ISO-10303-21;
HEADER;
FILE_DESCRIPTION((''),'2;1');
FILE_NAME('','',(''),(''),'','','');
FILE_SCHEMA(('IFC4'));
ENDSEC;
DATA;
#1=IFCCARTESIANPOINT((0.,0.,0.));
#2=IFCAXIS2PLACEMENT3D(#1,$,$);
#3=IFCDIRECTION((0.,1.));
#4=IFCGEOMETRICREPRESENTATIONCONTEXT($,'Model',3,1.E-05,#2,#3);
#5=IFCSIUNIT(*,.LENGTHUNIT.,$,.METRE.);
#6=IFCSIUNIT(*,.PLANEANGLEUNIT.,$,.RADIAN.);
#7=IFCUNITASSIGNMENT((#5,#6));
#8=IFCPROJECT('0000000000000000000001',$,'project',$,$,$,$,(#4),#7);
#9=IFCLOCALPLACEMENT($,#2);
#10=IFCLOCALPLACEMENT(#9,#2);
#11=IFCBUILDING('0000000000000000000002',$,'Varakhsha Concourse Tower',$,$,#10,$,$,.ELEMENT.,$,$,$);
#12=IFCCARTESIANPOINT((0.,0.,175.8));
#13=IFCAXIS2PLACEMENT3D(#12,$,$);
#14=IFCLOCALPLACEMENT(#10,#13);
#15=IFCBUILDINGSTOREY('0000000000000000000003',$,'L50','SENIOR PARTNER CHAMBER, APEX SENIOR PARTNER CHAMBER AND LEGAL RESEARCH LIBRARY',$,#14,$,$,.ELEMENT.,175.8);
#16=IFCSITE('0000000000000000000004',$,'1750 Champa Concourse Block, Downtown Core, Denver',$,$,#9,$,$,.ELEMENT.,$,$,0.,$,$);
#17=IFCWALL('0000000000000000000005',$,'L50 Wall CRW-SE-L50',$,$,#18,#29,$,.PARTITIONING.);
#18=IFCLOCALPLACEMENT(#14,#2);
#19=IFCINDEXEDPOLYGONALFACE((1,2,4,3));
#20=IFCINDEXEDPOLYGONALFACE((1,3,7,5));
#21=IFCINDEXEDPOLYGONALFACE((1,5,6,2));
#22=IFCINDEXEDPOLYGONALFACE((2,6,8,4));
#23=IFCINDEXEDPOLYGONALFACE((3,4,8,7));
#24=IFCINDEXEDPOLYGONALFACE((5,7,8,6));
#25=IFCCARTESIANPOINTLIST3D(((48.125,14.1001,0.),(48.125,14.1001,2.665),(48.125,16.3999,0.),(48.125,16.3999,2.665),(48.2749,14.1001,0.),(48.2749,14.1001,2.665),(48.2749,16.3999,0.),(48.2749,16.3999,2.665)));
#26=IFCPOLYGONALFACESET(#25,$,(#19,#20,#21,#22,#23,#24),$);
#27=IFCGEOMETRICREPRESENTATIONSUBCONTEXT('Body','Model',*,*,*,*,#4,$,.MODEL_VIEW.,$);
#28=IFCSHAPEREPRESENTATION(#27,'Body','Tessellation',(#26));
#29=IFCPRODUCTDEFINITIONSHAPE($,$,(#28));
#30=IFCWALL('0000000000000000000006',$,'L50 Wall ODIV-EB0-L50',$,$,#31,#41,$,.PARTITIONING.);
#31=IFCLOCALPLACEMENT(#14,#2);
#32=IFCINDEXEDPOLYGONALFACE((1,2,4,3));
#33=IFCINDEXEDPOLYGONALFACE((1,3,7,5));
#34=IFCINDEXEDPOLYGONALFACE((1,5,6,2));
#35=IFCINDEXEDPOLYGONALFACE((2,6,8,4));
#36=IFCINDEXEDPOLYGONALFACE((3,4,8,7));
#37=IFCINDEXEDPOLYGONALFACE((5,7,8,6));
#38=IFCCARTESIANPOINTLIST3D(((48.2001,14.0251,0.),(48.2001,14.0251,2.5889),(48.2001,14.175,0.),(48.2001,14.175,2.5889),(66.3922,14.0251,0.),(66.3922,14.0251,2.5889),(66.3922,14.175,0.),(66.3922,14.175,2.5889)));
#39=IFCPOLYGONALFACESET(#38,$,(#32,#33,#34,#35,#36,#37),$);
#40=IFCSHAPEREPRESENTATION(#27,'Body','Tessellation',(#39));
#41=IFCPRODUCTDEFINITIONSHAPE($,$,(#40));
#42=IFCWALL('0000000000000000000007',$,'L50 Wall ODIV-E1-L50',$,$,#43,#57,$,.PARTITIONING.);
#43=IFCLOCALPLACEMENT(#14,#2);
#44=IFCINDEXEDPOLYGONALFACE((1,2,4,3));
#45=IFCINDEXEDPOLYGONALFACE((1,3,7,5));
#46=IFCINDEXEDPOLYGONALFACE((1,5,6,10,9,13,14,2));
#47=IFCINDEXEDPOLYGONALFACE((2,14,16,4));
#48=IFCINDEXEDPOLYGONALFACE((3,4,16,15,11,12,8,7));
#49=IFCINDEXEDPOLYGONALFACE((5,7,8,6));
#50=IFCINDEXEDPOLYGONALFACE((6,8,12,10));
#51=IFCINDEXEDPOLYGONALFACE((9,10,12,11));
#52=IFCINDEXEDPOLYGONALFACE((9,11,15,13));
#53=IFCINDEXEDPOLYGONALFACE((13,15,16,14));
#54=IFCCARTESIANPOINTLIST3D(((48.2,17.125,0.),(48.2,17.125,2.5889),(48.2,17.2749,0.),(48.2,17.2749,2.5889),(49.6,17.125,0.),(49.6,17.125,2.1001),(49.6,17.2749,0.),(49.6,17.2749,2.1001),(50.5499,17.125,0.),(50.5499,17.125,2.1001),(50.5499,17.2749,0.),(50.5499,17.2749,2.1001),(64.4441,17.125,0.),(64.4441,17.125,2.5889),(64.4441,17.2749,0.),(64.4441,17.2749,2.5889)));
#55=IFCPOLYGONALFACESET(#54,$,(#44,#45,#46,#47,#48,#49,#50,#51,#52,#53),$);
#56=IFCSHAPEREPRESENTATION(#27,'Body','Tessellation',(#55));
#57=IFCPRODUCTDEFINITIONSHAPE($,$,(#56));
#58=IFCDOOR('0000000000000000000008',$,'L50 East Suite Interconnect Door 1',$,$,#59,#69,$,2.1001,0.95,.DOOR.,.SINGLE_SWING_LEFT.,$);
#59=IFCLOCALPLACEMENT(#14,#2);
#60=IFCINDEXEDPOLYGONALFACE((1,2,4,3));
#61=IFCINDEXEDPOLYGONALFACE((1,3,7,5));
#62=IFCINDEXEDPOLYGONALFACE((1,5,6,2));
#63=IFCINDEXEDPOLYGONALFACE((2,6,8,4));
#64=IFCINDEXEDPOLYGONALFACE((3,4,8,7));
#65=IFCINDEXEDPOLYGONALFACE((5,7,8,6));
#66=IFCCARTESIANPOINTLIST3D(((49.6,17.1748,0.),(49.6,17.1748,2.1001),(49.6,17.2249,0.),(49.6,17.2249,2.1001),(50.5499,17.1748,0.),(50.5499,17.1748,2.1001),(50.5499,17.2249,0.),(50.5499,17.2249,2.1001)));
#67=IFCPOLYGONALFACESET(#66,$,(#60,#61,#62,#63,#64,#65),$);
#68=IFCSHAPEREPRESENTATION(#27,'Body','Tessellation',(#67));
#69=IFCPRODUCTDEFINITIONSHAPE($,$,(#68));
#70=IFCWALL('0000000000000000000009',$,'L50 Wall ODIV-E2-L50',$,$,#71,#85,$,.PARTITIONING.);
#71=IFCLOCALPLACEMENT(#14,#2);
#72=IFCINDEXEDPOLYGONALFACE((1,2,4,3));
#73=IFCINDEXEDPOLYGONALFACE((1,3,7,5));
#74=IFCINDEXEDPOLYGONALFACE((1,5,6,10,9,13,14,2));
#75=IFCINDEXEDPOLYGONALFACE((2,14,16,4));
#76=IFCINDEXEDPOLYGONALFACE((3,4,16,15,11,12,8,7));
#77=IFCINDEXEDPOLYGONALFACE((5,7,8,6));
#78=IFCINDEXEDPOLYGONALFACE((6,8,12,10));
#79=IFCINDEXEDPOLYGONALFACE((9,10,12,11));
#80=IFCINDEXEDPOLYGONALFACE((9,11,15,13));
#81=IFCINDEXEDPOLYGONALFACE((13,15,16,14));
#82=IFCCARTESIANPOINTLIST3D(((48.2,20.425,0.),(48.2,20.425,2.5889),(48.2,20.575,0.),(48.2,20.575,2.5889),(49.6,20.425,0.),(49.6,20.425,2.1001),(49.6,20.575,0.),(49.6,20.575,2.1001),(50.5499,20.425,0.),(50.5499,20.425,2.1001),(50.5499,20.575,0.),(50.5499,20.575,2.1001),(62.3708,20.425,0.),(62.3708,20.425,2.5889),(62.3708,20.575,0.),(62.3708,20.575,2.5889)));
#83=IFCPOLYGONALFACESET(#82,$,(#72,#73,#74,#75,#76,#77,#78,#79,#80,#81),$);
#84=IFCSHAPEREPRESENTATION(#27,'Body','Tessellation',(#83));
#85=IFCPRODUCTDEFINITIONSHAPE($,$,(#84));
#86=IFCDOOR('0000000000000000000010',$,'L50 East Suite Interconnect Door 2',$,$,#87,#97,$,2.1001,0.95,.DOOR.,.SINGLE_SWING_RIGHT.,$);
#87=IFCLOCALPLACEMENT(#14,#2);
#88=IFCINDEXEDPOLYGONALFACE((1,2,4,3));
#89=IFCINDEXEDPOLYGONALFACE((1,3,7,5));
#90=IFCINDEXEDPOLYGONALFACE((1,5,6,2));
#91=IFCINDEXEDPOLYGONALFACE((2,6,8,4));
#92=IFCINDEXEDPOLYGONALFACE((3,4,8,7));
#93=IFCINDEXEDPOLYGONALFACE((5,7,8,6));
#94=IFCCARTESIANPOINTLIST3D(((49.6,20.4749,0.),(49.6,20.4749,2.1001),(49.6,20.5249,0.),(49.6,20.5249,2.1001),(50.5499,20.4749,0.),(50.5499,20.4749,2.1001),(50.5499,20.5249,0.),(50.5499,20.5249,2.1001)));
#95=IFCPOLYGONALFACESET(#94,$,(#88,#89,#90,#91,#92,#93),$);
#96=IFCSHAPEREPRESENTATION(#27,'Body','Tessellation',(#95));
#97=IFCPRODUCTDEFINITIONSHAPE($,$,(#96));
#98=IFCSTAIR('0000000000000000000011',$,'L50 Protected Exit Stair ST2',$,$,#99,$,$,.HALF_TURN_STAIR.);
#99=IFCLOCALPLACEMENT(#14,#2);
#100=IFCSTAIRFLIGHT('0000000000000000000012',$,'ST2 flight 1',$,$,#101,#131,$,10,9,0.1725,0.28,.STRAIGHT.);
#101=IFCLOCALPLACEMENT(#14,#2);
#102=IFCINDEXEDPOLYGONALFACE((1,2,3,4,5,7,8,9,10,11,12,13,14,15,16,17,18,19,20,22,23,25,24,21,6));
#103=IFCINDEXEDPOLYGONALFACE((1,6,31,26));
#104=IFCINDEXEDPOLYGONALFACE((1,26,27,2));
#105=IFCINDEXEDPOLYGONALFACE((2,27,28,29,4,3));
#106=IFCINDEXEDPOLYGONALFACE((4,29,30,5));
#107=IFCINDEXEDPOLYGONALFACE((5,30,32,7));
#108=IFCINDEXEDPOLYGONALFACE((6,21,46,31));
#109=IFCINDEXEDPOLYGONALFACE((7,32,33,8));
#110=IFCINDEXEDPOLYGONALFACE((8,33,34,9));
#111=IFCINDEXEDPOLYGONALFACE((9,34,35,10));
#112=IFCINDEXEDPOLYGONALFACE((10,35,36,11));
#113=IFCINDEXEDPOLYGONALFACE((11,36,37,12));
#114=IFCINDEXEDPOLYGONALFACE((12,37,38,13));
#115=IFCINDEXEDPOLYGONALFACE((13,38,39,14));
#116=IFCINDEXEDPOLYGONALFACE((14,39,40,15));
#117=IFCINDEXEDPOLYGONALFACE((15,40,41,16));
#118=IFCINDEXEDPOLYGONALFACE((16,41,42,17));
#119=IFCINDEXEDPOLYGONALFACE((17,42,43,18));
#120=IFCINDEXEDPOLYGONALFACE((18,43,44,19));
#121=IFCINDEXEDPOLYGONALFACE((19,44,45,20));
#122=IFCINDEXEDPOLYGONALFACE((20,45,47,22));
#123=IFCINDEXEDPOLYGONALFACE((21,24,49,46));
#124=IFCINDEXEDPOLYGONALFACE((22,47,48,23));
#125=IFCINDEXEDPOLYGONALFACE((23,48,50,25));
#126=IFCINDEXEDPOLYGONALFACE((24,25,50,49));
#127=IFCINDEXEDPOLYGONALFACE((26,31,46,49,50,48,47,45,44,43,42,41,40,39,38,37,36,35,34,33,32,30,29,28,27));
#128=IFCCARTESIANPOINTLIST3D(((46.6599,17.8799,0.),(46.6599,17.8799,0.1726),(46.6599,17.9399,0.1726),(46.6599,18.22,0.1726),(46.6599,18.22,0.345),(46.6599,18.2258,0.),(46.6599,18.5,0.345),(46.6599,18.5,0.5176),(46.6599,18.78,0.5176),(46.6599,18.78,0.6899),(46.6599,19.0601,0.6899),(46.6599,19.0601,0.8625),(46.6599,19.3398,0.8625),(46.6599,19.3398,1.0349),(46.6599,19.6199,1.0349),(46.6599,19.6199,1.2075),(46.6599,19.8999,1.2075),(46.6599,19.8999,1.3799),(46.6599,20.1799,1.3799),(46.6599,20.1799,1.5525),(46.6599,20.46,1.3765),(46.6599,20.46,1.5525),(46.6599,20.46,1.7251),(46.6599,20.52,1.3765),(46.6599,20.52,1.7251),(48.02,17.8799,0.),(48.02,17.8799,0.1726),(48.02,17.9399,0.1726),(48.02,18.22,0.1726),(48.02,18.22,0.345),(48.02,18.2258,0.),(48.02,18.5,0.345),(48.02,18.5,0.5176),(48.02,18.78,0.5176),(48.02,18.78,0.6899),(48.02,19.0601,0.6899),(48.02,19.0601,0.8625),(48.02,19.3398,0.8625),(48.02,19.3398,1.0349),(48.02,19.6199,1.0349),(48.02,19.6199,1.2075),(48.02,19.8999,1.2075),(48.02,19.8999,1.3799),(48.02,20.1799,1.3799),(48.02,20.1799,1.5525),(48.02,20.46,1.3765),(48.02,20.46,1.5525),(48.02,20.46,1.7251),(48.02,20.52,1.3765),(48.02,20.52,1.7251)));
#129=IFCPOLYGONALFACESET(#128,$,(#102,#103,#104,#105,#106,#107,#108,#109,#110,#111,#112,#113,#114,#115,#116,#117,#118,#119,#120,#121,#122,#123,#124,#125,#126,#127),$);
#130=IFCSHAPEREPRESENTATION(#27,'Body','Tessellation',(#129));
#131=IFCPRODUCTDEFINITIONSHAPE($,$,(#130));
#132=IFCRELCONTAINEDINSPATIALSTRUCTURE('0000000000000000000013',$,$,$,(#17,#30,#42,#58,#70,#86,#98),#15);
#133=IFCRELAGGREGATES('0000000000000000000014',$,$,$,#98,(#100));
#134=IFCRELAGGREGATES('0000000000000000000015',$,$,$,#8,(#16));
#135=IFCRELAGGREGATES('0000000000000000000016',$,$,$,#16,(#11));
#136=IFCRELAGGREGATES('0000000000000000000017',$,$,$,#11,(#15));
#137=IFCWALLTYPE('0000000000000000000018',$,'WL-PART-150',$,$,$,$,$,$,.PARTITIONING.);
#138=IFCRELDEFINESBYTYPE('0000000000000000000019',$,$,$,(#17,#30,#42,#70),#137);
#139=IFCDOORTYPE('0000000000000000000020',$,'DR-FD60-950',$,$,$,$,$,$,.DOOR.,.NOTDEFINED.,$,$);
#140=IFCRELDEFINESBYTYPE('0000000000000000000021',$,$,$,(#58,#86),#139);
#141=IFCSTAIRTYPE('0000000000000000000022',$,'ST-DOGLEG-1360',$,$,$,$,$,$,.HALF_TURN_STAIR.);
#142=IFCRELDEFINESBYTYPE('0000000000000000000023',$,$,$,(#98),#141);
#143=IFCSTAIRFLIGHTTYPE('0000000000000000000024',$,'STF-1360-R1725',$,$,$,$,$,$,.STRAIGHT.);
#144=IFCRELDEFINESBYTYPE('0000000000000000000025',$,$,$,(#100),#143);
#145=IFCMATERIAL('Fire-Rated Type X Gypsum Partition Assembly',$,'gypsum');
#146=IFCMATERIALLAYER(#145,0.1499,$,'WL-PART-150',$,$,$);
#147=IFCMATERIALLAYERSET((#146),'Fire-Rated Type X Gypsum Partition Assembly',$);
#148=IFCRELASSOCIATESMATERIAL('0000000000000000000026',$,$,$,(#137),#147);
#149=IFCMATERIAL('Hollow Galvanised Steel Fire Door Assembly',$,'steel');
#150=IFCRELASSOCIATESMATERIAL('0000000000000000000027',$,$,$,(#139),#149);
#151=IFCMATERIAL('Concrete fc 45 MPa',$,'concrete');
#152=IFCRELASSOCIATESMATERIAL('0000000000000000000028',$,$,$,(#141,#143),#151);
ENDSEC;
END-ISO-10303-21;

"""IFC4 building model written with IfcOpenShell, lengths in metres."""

from ifc_helpers import new_model, si_unit, direction, frame, frame_2d, origin, place, context, subcontext, project, spatial, polyline, rectangle, outline, extrude, material, layer, layer_set, type_object, element, fill, aggregate, save


model = new_model("IFC4")

# Units and contexts
model_context = context("Model", 3, precision=1e-05, world=origin(), true_north=direction((0.0, 1.0)))
body_context = subcontext(model_context, "Body", "Model", "MODEL_VIEW")
ifc_project = project(units=[si_unit("LENGTHUNIT", "METRE"), si_unit("PLANEANGLEUNIT", "RADIAN")], contexts=[model_context])

# Site, building, storey
site_placement = place(None, origin())
site = spatial("IfcSite", under=ifc_project, at=site_placement, Name="1750 Champa Concourse Block, Downtown Core, Denver", CompositionType="ELEMENT", RefElevation=0.0)
building_placement = place(site_placement, origin())
building = spatial("IfcBuilding", under=site, at=building_placement, Name="Varakhsha Concourse Tower", CompositionType="ELEMENT")
storey_placement = place(building_placement, frame((0.0, 0.0, 175.8)))
storey = spatial("IfcBuildingStorey", under=building, at=storey_placement, Name="L50", Description="SENIOR PARTNER CHAMBER, APEX SENIOR PARTNER CHAMBER AND LEGAL RESEARCH LIBRARY", CompositionType="ELEMENT", Elevation=175.8)

# Walls
ifc_material_1 = material(Name="Fire-Rated Type X Gypsum Partition Assembly", Category="gypsum")
ifc_layer_1 = layer(ifc_material_1, 0.1499, Name="WL-PART-150")
ifc_layer_set_1 = layer_set([ifc_layer_1], Name="Fire-Rated Type X Gypsum Partition Assembly")
wall_type_1 = type_object("IfcWallType", Name="WL-PART-150", PredefinedType="PARTITIONING", material=ifc_layer_set_1)
wall_1_placement = place(storey_placement, frame((48.2, 14.1001, 0.0), z_axis=(0.0, 0.0, 1.0), x_axis=(0.0, 1.0, 0.0)))
element("IfcWall", 1, at=wall_1_placement, inside=storey, type_object=wall_type_1, Name="L50 Wall CRW-SE-L50", PredefinedType="PARTITIONING", context=body_context, shape_type="SweptSolid", body=[
    extrude(rectangle(XDim=2.2998, YDim=0.1499, at=frame_2d((1.1499, 0.0))), origin(), (0.0, 0.0, 1.0), 2.665),
])
wall_2_placement = place(storey_placement, frame((48.2, 14.1001, 0.0), z_axis=(0.0, 0.0, 1.0), x_axis=(1.0, 0.0, 0.0)))
element("IfcWall", 2, at=wall_2_placement, inside=storey, type_object=wall_type_1, Name="L50 Wall ODIV-EB0-L50", PredefinedType="PARTITIONING", context=body_context, shape_type="SweptSolid", body=[
    extrude(rectangle(XDim=18.1921, YDim=0.1499, at=frame_2d((9.0962, 0.0))), origin(), (0.0, 0.0, 1.0), 2.5889),
])

# Walls, openings, doors
wall_3_placement = place(storey_placement, frame((48.2, 17.2, 0.0), z_axis=(0.0, 0.0, 1.0), x_axis=(1.0, 0.0, 0.0)))
wall_3 = element("IfcWall", 3, at=wall_3_placement, inside=storey, type_object=wall_type_1, Name="L50 Wall ODIV-E1-L50", PredefinedType="PARTITIONING", context=body_context, shape_type="SweptSolid", body=[
    extrude(rectangle(XDim=16.2441, YDim=0.1499, at=frame_2d((8.1221, 0.0))), origin(), (0.0, 0.0, 1.0), 2.5889),
])
opening_1_placement = place(wall_3_placement, frame((1.3999, 0.0, 0.0)))
opening_1 = element("IfcOpeningElement", 4, at=opening_1_placement, cuts=wall_3, PredefinedType="OPENING", context=body_context, shape_type="SweptSolid", body=[
    extrude(rectangle(XDim=0.95, YDim=2.1001, at=frame_2d((0.4751, 1.05))), frame((0.0, 0.085, 0.0), z_axis=(0.0, -1.0, 0.0), x_axis=(1.0, 0.0, 0.0)), (0.0, 0.0, 1.0), 0.1699),
])
ifc_material_2 = material(Name="Hollow Galvanised Steel Fire Door Assembly", Category="steel")
door_type_1 = type_object("IfcDoorType", Name="DR-FD60-950", OperationType="NOTDEFINED", PredefinedType="DOOR", material=ifc_material_2)
door_1_placement = place(opening_1_placement, origin())
door_1 = element("IfcDoor", 5, at=door_1_placement, inside=storey, type_object=door_type_1, Name="L50 East Suite Interconnect Door 1", OperationType="SINGLE_SWING_LEFT", OverallHeight=2.1001, OverallWidth=0.95, PredefinedType="DOOR", context=body_context, shape_type="SweptSolid", body=[
    extrude(rectangle(XDim=0.95, YDim=2.1001, at=frame_2d((0.4751, 1.05))), frame((0.0, 0.0249, 0.0), z_axis=(0.0, -1.0, 0.0), x_axis=(1.0, 0.0, 0.0)), (0.0, 0.0, 1.0), 0.05),
])
fill(opening_1, door_1)
wall_4_placement = place(storey_placement, frame((48.2, 20.5, 0.0), z_axis=(0.0, 0.0, 1.0), x_axis=(1.0, 0.0, 0.0)))
wall_4 = element("IfcWall", 6, at=wall_4_placement, inside=storey, type_object=wall_type_1, Name="L50 Wall ODIV-E2-L50", PredefinedType="PARTITIONING", context=body_context, shape_type="SweptSolid", body=[
    extrude(rectangle(XDim=14.1709, YDim=0.1499, at=frame_2d((7.0854, 0.0))), origin(), (0.0, 0.0, 1.0), 2.5889),
])
opening_2_placement = place(wall_4_placement, frame((1.3999, 0.0, 0.0)))
opening_2 = element("IfcOpeningElement", 7, at=opening_2_placement, cuts=wall_4, PredefinedType="OPENING", context=body_context, shape_type="SweptSolid", body=[
    extrude(rectangle(XDim=0.95, YDim=2.1001, at=frame_2d((0.4751, 1.05))), frame((0.0, 0.085, 0.0), z_axis=(0.0, -1.0, 0.0), x_axis=(1.0, 0.0, 0.0)), (0.0, 0.0, 1.0), 0.1699),
])
door_2_placement = place(opening_2_placement, origin())
door_2 = element("IfcDoor", 8, at=door_2_placement, inside=storey, type_object=door_type_1, Name="L50 East Suite Interconnect Door 2", OperationType="SINGLE_SWING_RIGHT", OverallHeight=2.1001, OverallWidth=0.95, PredefinedType="DOOR", context=body_context, shape_type="SweptSolid", body=[
    extrude(rectangle(XDim=0.95, YDim=2.1001, at=frame_2d((0.4751, 1.05))), frame((0.0, 0.0249, 0.0), z_axis=(0.0, -1.0, 0.0), x_axis=(1.0, 0.0, 0.0)), (0.0, 0.0, 1.0), 0.05),
])
fill(opening_2, door_2)

# Stair, stair flight
ifc_material_3 = material(Name="Concrete fc 45 MPa", Category="concrete")
stair_type = type_object("IfcStairType", Name="ST-DOGLEG-1360", PredefinedType="HALF_TURN_STAIR", material=ifc_material_3)
stair_placement = place(storey_placement, origin())
stair = element("IfcStair", 9, at=stair_placement, inside=storey, type_object=stair_type, Name="L50 Protected Exit Stair ST2", PredefinedType="HALF_TURN_STAIR")
stair_flight_type = type_object("IfcStairFlightType", Name="STF-1360-R1725", PredefinedType="STRAIGHT", material=ifc_material_3)
stair_flight_placement = place(storey_placement, frame((47.3401, 17.9399, 0.0), z_axis=(0.0, 0.0, 1.0), x_axis=(0.0, 1.0, 0.0)))
stair_flight = element("IfcStairFlight", 10, at=stair_flight_placement, type_object=stair_flight_type, Name="ST2 flight 1", NumberOfRisers=10, NumberOfTreads=9, PredefinedType="STRAIGHT", RiserHeight=0.1725, TreadLength=0.28, context=body_context, shape_type="SweptSolid", body=[
    extrude(outline(polyline([(-0.0601, 0.0), (-0.0601, 0.1726), (0.0, 0.1726), (0.28, 0.1726), (0.28, 0.345), (0.5601, 0.345), (0.5601, 0.5176), (0.8401, 0.5176), (0.8401, 0.6899), (1.1201, 0.6899), (1.1201, 0.8625), (1.3999, 0.8625), (1.3999, 1.0349), (1.6799, 1.0349), (1.6799, 1.2075), (1.96, 1.2075), (1.96, 1.3799), (2.24, 1.3799), (2.24, 1.5525), (2.52, 1.5525), (2.52, 1.7251), (2.5801, 1.7251), (2.5801, 1.3765), (2.52, 1.3765), (0.2859, 0.0), (-0.0601, 0.0)])), frame((0.0, 0.6802, 0.0), z_axis=(0.0, -1.0, 0.0), x_axis=(1.0, 0.0, 0.0)), (0.0, 0.0, 1.0), 1.3601),
])
aggregate(stair, [stair_flight])

save(model, "model.ifc")
